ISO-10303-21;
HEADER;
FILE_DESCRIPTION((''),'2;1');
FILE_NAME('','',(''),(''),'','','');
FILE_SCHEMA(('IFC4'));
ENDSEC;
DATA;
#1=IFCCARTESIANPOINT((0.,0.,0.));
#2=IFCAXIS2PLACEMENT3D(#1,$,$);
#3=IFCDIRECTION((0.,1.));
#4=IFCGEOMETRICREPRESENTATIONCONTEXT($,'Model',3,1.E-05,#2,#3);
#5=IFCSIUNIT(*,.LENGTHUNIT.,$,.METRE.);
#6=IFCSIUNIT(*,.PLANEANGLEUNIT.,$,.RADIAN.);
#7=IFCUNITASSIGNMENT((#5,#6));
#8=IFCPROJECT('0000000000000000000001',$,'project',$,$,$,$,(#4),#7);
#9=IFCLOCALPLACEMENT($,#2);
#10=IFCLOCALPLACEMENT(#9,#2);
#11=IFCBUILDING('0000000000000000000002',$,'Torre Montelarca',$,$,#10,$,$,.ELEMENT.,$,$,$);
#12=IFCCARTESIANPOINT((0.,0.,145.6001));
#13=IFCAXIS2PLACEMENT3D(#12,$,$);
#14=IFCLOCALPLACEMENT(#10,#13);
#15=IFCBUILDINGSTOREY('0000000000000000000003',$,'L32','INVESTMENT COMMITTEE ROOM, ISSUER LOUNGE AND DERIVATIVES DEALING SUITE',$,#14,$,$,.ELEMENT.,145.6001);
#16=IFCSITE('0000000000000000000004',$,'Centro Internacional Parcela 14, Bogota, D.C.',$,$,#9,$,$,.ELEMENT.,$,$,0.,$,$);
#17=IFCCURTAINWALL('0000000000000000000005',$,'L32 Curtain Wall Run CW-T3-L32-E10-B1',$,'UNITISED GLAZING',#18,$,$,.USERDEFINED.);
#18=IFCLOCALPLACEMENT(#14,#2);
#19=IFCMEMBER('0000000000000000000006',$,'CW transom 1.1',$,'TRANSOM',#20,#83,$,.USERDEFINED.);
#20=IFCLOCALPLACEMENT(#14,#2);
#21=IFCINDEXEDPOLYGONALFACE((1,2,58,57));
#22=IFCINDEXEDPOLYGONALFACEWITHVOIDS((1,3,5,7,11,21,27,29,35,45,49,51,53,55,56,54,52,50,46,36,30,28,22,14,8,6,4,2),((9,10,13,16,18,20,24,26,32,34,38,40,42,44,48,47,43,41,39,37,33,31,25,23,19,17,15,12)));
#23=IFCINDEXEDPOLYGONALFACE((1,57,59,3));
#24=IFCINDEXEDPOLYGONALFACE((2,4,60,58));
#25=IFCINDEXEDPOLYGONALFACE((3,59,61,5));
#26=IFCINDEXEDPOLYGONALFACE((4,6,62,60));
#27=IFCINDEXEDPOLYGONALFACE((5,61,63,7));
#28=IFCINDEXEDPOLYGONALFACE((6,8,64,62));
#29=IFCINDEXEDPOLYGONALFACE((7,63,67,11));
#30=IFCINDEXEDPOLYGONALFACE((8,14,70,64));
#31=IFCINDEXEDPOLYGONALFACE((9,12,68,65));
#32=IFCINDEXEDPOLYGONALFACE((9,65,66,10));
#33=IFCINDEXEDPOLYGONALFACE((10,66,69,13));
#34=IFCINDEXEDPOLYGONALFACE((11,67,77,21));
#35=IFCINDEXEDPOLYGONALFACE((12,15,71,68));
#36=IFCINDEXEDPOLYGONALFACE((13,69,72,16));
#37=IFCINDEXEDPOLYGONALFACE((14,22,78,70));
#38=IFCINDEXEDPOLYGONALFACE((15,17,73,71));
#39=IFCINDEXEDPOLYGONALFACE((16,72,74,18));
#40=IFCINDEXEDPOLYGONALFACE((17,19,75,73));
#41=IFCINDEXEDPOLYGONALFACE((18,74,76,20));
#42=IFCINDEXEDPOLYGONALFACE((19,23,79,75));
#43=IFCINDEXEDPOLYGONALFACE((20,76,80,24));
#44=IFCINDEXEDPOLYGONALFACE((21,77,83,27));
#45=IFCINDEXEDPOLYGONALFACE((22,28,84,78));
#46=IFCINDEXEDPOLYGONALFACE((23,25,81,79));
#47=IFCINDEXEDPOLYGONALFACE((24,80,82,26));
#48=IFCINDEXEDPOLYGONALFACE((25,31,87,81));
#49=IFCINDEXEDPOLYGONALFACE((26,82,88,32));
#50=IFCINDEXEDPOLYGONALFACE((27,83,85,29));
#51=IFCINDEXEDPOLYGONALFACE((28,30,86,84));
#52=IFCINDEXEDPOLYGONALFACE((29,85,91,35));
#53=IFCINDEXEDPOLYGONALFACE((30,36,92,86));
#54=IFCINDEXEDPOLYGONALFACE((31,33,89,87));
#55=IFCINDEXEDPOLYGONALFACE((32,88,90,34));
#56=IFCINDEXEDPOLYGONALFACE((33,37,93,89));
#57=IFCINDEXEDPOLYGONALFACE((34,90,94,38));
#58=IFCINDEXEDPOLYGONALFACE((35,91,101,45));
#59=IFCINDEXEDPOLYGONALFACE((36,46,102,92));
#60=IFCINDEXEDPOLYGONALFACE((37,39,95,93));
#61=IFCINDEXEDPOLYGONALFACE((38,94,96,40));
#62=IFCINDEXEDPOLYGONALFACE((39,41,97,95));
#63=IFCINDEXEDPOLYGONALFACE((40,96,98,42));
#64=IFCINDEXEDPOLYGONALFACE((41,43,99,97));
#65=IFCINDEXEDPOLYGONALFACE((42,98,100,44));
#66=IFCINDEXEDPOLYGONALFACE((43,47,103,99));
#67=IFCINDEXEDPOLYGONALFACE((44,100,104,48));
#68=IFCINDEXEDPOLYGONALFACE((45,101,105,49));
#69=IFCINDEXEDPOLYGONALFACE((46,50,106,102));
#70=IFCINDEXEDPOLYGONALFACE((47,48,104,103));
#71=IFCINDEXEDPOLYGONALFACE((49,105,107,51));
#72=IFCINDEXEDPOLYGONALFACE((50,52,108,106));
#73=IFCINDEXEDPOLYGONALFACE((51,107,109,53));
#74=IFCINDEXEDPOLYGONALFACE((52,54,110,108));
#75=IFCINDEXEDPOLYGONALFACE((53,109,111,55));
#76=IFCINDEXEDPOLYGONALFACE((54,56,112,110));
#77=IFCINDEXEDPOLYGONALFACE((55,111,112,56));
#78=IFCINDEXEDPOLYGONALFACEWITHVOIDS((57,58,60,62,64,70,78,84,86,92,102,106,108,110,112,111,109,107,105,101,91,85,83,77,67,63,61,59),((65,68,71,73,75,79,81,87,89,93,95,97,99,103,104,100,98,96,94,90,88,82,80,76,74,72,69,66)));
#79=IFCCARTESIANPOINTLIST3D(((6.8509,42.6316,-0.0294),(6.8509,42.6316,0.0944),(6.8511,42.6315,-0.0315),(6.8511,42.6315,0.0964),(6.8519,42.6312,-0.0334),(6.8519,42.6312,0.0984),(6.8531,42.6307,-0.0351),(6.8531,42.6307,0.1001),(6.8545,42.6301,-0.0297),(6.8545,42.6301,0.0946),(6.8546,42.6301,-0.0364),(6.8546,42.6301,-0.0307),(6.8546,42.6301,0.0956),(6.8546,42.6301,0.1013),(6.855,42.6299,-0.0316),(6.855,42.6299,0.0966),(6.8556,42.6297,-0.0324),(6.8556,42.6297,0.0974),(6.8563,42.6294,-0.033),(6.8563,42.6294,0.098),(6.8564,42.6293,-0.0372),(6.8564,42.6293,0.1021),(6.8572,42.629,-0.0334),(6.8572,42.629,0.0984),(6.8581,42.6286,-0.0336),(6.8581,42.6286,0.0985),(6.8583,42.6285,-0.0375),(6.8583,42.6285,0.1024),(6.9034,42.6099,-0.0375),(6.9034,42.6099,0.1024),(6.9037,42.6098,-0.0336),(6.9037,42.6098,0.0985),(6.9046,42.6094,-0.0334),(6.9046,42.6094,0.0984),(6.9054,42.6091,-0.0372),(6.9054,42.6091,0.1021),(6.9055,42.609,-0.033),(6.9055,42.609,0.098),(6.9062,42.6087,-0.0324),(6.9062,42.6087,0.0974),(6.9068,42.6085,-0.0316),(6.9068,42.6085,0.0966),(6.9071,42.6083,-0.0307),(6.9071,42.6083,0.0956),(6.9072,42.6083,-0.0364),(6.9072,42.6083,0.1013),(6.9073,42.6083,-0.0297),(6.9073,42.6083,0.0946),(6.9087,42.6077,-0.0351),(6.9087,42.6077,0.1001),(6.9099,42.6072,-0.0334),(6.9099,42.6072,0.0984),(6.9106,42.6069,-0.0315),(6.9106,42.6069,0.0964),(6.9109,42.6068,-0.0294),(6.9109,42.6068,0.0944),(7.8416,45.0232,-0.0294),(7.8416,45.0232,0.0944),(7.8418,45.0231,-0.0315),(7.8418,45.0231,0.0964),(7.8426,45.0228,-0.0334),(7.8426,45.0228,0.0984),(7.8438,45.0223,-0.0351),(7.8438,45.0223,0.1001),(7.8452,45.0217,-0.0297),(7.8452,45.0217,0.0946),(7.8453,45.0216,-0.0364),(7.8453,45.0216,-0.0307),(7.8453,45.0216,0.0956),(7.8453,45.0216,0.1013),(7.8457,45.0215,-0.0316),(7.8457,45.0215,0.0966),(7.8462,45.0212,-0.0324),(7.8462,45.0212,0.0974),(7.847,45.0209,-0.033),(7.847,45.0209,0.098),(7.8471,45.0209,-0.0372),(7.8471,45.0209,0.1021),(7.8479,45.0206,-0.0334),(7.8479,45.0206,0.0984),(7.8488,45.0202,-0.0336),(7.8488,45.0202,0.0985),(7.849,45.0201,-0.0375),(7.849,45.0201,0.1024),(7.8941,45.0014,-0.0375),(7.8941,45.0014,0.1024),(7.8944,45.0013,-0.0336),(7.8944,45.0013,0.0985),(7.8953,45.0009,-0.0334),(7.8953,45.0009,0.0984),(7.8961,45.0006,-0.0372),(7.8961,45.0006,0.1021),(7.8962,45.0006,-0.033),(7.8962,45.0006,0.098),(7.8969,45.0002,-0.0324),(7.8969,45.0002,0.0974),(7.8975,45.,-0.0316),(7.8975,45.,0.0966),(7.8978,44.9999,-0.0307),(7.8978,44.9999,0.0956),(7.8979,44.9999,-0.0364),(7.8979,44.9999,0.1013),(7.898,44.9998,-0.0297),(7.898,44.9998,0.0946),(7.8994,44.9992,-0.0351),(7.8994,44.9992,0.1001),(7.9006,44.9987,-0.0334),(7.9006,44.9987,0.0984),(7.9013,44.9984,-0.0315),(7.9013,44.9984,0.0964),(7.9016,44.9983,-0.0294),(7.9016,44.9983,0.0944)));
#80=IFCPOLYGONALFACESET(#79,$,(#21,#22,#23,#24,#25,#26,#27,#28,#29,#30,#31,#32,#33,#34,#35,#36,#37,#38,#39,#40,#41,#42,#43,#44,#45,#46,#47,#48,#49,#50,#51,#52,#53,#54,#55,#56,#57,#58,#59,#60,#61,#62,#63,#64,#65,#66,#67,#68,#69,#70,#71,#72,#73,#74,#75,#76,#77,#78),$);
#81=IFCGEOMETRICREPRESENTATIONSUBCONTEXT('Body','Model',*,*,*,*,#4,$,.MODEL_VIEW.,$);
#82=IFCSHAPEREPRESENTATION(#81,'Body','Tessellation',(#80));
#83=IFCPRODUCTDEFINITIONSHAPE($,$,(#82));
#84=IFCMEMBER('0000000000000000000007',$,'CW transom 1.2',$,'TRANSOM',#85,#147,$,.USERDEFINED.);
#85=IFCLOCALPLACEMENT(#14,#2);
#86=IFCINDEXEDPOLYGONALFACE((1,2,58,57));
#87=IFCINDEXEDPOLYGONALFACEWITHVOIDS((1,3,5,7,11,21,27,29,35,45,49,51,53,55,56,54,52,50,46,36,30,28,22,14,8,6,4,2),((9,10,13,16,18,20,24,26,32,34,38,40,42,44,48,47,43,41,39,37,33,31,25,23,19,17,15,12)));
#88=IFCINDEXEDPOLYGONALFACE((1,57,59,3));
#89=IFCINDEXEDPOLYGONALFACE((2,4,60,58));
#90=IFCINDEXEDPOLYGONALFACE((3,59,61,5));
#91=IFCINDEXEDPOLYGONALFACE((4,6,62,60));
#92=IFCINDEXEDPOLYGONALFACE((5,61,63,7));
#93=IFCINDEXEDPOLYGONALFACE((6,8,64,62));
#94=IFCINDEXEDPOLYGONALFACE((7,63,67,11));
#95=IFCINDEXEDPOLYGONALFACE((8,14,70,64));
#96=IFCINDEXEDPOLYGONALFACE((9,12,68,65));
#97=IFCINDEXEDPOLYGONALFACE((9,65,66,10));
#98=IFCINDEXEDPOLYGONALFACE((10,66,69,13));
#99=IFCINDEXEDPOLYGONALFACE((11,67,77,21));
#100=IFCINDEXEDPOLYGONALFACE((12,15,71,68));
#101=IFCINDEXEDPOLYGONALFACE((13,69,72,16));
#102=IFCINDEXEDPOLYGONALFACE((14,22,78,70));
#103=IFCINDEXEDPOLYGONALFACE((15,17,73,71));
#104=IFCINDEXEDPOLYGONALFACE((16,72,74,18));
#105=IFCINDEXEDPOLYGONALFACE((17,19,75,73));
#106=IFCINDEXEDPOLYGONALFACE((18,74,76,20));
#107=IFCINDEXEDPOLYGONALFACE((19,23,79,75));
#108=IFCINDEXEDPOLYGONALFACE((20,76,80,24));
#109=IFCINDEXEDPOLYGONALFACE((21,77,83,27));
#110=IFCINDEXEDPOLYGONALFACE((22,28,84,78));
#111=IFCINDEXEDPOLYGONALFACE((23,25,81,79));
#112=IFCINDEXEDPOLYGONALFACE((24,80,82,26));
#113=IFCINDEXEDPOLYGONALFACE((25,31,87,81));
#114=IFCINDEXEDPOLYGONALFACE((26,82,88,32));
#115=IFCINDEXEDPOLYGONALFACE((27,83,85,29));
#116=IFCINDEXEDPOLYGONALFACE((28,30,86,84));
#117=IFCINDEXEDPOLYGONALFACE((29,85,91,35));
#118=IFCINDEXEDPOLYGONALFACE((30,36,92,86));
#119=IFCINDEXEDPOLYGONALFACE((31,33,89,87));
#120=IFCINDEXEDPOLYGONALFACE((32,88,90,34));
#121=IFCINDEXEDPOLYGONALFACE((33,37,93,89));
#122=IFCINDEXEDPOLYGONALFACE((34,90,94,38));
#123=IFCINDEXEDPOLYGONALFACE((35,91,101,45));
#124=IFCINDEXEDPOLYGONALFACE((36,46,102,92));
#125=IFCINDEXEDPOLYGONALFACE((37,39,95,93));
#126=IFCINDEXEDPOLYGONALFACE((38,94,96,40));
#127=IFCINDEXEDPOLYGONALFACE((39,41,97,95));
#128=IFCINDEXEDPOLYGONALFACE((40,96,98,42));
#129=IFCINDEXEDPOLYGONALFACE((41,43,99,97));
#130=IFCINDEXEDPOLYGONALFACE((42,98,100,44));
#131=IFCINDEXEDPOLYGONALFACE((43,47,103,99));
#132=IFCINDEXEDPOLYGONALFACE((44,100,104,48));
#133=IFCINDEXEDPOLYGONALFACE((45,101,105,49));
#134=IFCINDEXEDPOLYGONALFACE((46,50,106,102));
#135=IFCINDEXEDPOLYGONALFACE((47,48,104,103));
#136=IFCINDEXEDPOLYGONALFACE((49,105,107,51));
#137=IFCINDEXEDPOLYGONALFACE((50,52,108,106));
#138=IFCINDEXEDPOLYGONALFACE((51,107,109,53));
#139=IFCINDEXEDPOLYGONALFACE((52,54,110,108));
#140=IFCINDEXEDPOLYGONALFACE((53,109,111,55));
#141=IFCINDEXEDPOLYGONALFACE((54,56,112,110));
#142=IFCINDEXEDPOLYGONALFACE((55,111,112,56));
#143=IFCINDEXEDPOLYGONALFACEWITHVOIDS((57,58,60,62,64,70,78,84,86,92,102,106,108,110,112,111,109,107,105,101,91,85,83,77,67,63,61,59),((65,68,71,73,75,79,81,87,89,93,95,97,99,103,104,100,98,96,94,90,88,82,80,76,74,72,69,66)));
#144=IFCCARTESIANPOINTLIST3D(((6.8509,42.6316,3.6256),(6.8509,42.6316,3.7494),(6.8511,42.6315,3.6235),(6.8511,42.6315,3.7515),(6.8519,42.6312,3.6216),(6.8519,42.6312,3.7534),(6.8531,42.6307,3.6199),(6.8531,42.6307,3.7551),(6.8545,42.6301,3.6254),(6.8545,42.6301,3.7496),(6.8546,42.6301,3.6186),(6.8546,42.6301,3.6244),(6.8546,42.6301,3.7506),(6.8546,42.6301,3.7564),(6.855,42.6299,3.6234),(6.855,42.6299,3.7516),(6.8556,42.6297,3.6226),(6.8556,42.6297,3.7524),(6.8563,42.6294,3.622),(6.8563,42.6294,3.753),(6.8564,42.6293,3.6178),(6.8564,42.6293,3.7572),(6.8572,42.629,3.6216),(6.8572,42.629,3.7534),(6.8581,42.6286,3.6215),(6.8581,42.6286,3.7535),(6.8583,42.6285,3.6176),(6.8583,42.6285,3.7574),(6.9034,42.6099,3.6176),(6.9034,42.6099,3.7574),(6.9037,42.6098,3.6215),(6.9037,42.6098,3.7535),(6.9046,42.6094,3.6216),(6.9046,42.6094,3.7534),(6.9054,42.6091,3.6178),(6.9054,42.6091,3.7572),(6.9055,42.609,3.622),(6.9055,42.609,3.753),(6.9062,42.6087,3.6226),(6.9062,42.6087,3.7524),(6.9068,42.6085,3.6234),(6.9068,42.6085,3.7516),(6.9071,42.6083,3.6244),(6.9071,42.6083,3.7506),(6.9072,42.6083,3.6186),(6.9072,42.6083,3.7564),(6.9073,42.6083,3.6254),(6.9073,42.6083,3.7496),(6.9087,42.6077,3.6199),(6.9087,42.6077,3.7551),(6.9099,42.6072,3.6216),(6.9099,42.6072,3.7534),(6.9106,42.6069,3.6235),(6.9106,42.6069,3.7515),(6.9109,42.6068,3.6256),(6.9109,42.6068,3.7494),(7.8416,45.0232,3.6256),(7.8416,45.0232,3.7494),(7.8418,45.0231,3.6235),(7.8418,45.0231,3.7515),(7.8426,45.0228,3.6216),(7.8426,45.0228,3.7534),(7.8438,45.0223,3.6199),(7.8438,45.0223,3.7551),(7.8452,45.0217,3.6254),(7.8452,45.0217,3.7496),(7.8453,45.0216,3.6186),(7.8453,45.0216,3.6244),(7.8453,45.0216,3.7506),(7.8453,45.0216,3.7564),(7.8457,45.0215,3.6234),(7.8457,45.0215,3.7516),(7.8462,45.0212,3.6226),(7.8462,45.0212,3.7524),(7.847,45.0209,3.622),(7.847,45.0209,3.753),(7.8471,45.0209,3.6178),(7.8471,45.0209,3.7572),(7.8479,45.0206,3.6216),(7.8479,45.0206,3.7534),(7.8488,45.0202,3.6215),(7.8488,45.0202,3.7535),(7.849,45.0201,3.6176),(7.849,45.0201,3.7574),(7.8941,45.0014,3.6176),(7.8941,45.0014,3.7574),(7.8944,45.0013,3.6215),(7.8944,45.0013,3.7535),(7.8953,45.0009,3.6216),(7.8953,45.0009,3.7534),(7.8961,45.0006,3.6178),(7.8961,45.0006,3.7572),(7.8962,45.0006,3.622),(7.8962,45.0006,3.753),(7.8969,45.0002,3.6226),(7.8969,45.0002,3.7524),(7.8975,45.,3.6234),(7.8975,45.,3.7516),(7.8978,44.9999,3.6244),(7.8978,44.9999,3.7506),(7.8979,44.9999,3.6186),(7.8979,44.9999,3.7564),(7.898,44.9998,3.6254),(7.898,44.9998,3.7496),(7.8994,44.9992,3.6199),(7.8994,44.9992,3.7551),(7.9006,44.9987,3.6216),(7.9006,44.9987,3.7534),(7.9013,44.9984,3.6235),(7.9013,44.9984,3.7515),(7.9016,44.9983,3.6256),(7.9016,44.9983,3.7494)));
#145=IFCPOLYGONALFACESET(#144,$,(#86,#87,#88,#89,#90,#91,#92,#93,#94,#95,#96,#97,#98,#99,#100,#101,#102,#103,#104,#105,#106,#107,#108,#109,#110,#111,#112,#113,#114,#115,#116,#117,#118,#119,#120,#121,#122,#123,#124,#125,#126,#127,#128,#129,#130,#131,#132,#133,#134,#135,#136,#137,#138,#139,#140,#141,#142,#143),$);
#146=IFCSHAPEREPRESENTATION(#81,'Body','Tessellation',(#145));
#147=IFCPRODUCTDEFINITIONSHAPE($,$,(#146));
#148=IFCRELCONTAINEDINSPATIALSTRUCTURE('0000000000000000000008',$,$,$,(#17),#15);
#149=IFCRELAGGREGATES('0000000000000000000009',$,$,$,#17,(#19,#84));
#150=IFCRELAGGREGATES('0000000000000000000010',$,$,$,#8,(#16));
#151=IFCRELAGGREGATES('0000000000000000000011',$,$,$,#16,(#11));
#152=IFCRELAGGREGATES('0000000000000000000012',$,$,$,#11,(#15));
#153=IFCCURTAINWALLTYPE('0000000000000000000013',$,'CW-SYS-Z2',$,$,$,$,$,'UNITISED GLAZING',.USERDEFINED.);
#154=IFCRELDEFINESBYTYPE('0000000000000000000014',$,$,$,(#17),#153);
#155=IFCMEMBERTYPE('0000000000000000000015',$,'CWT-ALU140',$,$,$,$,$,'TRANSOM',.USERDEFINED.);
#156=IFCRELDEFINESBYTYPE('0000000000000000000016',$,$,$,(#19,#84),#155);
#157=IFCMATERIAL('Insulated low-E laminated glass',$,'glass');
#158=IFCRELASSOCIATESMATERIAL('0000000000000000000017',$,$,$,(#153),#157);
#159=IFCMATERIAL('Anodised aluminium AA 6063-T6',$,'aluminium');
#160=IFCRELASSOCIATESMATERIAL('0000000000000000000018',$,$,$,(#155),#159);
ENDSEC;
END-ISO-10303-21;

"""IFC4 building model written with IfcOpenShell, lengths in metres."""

from ifc_helpers import new_model, si_unit, direction, frame, origin, origin_2d, place, context, subcontext, project, spatial, hollow_rectangle, extrude, source, transform, mapped, material, material_profile, profile_set, type_object, element, aggregate, save


model = new_model("IFC4")

# Units and contexts
model_context = context("Model", 3, precision=1e-05, world=origin(), true_north=direction((0.0, 1.0)))
body_context = subcontext(model_context, "Body", "Model", "MODEL_VIEW")
ifc_project = project(units=[si_unit("LENGTHUNIT", "METRE"), si_unit("PLANEANGLEUNIT", "RADIAN")], contexts=[model_context])

# Site, building, storey
site_placement = place(None, origin())
site = spatial("IfcSite", under=ifc_project, at=site_placement, Name="Centro Internacional Parcela 14, Bogota, D.C.", CompositionType="ELEMENT", RefElevation=0.0)
building_placement = place(site_placement, origin())
building = spatial("IfcBuilding", under=site, at=building_placement, Name="Torre Montelarca", CompositionType="ELEMENT")
storey_placement = place(building_placement, frame((0.0, 0.0, 145.6001)))
storey = spatial("IfcBuildingStorey", under=building, at=storey_placement, Name="L32", Description="INVESTMENT COMMITTEE ROOM, ISSUER LOUNGE AND DERIVATIVES DEALING SUITE", CompositionType="ELEMENT", Elevation=145.6001)

# Curtain wall, members
ifc_material_1 = material(Name="Insulated low-E laminated glass", Category="glass")
curtain_wall_type = type_object("IfcCurtainWallType", Name="CW-SYS-Z2", ElementType="UNITISED GLAZING", PredefinedType="USERDEFINED", material=ifc_material_1)
ifc_material_2 = material(Name="Anodised aluminium AA 6063-T6", Category="aluminium")
ifc_material_profile_1 = material_profile(ifc_material_2, hollow_rectangle(XDim=0.0649, YDim=0.1399, WallThickness=0.0039, InnerFilletRadius=0.0039, OuterFilletRadius=0.0081, at=origin_2d()), Name="ALU65X140X4", Category="aluminium")
ifc_profile_set_1 = profile_set([ifc_material_profile_1], Name="Anodised aluminium AA 6063-T6")
member_type_1 = type_object("IfcMemberType", Name="CWT-ALU140", ElementType="TRANSOM", PredefinedType="USERDEFINED", material=ifc_profile_set_1)
curtain_wall_1_placement = place(storey_placement, origin())
curtain_wall_1 = element("IfcCurtainWall", 1, at=curtain_wall_1_placement, inside=storey, type_object=curtain_wall_type, Name="L32 Curtain Wall Run CW-T3-L32-E10-B1", ObjectType="UNITISED GLAZING", PredefinedType="USERDEFINED")
shared_shape_1 = source(origin(), body_context, "Body", "SweptSolid", [
    extrude(hollow_rectangle(XDim=0.0649, YDim=0.1399, WallThickness=0.0039, InnerFilletRadius=0.0039, OuterFilletRadius=0.0081, at=origin_2d()), origin(), (0.0, 0.0, 1.0), 2.5886),
])
member_1_placement = place(storey_placement, frame((7.8716, 45.0107, 0.0325), z_axis=(-0.382713, -0.923867, 0.0), x_axis=(0.923867, -0.382713, 0.0)))
member_1 = element("IfcMember", 2, at=member_1_placement, type_object=member_type_1, Name="CW transom 1.1", ObjectType="TRANSOM", PredefinedType="USERDEFINED", context=body_context, shape_type="MappedRepresentation", body=[
    mapped(shared_shape_1, transform((0.0, 0.0, 0.0), scale=1.0)),
])
member_2_placement = place(storey_placement, frame((7.8716, 45.0107, 3.6875), z_axis=(-0.382713, -0.923867, 0.0), x_axis=(0.923867, -0.382713, 0.0)))
member_2 = element("IfcMember", 3, at=member_2_placement, type_object=member_type_1, Name="CW transom 1.2", ObjectType="TRANSOM", PredefinedType="USERDEFINED", context=body_context, shape_type="MappedRepresentation", body=[
    mapped(shared_shape_1, transform((0.0, 0.0, 0.0), scale=1.0)),
])

aggregate(curtain_wall_1, [member_1, member_2])

save(model, "model.ifc")
